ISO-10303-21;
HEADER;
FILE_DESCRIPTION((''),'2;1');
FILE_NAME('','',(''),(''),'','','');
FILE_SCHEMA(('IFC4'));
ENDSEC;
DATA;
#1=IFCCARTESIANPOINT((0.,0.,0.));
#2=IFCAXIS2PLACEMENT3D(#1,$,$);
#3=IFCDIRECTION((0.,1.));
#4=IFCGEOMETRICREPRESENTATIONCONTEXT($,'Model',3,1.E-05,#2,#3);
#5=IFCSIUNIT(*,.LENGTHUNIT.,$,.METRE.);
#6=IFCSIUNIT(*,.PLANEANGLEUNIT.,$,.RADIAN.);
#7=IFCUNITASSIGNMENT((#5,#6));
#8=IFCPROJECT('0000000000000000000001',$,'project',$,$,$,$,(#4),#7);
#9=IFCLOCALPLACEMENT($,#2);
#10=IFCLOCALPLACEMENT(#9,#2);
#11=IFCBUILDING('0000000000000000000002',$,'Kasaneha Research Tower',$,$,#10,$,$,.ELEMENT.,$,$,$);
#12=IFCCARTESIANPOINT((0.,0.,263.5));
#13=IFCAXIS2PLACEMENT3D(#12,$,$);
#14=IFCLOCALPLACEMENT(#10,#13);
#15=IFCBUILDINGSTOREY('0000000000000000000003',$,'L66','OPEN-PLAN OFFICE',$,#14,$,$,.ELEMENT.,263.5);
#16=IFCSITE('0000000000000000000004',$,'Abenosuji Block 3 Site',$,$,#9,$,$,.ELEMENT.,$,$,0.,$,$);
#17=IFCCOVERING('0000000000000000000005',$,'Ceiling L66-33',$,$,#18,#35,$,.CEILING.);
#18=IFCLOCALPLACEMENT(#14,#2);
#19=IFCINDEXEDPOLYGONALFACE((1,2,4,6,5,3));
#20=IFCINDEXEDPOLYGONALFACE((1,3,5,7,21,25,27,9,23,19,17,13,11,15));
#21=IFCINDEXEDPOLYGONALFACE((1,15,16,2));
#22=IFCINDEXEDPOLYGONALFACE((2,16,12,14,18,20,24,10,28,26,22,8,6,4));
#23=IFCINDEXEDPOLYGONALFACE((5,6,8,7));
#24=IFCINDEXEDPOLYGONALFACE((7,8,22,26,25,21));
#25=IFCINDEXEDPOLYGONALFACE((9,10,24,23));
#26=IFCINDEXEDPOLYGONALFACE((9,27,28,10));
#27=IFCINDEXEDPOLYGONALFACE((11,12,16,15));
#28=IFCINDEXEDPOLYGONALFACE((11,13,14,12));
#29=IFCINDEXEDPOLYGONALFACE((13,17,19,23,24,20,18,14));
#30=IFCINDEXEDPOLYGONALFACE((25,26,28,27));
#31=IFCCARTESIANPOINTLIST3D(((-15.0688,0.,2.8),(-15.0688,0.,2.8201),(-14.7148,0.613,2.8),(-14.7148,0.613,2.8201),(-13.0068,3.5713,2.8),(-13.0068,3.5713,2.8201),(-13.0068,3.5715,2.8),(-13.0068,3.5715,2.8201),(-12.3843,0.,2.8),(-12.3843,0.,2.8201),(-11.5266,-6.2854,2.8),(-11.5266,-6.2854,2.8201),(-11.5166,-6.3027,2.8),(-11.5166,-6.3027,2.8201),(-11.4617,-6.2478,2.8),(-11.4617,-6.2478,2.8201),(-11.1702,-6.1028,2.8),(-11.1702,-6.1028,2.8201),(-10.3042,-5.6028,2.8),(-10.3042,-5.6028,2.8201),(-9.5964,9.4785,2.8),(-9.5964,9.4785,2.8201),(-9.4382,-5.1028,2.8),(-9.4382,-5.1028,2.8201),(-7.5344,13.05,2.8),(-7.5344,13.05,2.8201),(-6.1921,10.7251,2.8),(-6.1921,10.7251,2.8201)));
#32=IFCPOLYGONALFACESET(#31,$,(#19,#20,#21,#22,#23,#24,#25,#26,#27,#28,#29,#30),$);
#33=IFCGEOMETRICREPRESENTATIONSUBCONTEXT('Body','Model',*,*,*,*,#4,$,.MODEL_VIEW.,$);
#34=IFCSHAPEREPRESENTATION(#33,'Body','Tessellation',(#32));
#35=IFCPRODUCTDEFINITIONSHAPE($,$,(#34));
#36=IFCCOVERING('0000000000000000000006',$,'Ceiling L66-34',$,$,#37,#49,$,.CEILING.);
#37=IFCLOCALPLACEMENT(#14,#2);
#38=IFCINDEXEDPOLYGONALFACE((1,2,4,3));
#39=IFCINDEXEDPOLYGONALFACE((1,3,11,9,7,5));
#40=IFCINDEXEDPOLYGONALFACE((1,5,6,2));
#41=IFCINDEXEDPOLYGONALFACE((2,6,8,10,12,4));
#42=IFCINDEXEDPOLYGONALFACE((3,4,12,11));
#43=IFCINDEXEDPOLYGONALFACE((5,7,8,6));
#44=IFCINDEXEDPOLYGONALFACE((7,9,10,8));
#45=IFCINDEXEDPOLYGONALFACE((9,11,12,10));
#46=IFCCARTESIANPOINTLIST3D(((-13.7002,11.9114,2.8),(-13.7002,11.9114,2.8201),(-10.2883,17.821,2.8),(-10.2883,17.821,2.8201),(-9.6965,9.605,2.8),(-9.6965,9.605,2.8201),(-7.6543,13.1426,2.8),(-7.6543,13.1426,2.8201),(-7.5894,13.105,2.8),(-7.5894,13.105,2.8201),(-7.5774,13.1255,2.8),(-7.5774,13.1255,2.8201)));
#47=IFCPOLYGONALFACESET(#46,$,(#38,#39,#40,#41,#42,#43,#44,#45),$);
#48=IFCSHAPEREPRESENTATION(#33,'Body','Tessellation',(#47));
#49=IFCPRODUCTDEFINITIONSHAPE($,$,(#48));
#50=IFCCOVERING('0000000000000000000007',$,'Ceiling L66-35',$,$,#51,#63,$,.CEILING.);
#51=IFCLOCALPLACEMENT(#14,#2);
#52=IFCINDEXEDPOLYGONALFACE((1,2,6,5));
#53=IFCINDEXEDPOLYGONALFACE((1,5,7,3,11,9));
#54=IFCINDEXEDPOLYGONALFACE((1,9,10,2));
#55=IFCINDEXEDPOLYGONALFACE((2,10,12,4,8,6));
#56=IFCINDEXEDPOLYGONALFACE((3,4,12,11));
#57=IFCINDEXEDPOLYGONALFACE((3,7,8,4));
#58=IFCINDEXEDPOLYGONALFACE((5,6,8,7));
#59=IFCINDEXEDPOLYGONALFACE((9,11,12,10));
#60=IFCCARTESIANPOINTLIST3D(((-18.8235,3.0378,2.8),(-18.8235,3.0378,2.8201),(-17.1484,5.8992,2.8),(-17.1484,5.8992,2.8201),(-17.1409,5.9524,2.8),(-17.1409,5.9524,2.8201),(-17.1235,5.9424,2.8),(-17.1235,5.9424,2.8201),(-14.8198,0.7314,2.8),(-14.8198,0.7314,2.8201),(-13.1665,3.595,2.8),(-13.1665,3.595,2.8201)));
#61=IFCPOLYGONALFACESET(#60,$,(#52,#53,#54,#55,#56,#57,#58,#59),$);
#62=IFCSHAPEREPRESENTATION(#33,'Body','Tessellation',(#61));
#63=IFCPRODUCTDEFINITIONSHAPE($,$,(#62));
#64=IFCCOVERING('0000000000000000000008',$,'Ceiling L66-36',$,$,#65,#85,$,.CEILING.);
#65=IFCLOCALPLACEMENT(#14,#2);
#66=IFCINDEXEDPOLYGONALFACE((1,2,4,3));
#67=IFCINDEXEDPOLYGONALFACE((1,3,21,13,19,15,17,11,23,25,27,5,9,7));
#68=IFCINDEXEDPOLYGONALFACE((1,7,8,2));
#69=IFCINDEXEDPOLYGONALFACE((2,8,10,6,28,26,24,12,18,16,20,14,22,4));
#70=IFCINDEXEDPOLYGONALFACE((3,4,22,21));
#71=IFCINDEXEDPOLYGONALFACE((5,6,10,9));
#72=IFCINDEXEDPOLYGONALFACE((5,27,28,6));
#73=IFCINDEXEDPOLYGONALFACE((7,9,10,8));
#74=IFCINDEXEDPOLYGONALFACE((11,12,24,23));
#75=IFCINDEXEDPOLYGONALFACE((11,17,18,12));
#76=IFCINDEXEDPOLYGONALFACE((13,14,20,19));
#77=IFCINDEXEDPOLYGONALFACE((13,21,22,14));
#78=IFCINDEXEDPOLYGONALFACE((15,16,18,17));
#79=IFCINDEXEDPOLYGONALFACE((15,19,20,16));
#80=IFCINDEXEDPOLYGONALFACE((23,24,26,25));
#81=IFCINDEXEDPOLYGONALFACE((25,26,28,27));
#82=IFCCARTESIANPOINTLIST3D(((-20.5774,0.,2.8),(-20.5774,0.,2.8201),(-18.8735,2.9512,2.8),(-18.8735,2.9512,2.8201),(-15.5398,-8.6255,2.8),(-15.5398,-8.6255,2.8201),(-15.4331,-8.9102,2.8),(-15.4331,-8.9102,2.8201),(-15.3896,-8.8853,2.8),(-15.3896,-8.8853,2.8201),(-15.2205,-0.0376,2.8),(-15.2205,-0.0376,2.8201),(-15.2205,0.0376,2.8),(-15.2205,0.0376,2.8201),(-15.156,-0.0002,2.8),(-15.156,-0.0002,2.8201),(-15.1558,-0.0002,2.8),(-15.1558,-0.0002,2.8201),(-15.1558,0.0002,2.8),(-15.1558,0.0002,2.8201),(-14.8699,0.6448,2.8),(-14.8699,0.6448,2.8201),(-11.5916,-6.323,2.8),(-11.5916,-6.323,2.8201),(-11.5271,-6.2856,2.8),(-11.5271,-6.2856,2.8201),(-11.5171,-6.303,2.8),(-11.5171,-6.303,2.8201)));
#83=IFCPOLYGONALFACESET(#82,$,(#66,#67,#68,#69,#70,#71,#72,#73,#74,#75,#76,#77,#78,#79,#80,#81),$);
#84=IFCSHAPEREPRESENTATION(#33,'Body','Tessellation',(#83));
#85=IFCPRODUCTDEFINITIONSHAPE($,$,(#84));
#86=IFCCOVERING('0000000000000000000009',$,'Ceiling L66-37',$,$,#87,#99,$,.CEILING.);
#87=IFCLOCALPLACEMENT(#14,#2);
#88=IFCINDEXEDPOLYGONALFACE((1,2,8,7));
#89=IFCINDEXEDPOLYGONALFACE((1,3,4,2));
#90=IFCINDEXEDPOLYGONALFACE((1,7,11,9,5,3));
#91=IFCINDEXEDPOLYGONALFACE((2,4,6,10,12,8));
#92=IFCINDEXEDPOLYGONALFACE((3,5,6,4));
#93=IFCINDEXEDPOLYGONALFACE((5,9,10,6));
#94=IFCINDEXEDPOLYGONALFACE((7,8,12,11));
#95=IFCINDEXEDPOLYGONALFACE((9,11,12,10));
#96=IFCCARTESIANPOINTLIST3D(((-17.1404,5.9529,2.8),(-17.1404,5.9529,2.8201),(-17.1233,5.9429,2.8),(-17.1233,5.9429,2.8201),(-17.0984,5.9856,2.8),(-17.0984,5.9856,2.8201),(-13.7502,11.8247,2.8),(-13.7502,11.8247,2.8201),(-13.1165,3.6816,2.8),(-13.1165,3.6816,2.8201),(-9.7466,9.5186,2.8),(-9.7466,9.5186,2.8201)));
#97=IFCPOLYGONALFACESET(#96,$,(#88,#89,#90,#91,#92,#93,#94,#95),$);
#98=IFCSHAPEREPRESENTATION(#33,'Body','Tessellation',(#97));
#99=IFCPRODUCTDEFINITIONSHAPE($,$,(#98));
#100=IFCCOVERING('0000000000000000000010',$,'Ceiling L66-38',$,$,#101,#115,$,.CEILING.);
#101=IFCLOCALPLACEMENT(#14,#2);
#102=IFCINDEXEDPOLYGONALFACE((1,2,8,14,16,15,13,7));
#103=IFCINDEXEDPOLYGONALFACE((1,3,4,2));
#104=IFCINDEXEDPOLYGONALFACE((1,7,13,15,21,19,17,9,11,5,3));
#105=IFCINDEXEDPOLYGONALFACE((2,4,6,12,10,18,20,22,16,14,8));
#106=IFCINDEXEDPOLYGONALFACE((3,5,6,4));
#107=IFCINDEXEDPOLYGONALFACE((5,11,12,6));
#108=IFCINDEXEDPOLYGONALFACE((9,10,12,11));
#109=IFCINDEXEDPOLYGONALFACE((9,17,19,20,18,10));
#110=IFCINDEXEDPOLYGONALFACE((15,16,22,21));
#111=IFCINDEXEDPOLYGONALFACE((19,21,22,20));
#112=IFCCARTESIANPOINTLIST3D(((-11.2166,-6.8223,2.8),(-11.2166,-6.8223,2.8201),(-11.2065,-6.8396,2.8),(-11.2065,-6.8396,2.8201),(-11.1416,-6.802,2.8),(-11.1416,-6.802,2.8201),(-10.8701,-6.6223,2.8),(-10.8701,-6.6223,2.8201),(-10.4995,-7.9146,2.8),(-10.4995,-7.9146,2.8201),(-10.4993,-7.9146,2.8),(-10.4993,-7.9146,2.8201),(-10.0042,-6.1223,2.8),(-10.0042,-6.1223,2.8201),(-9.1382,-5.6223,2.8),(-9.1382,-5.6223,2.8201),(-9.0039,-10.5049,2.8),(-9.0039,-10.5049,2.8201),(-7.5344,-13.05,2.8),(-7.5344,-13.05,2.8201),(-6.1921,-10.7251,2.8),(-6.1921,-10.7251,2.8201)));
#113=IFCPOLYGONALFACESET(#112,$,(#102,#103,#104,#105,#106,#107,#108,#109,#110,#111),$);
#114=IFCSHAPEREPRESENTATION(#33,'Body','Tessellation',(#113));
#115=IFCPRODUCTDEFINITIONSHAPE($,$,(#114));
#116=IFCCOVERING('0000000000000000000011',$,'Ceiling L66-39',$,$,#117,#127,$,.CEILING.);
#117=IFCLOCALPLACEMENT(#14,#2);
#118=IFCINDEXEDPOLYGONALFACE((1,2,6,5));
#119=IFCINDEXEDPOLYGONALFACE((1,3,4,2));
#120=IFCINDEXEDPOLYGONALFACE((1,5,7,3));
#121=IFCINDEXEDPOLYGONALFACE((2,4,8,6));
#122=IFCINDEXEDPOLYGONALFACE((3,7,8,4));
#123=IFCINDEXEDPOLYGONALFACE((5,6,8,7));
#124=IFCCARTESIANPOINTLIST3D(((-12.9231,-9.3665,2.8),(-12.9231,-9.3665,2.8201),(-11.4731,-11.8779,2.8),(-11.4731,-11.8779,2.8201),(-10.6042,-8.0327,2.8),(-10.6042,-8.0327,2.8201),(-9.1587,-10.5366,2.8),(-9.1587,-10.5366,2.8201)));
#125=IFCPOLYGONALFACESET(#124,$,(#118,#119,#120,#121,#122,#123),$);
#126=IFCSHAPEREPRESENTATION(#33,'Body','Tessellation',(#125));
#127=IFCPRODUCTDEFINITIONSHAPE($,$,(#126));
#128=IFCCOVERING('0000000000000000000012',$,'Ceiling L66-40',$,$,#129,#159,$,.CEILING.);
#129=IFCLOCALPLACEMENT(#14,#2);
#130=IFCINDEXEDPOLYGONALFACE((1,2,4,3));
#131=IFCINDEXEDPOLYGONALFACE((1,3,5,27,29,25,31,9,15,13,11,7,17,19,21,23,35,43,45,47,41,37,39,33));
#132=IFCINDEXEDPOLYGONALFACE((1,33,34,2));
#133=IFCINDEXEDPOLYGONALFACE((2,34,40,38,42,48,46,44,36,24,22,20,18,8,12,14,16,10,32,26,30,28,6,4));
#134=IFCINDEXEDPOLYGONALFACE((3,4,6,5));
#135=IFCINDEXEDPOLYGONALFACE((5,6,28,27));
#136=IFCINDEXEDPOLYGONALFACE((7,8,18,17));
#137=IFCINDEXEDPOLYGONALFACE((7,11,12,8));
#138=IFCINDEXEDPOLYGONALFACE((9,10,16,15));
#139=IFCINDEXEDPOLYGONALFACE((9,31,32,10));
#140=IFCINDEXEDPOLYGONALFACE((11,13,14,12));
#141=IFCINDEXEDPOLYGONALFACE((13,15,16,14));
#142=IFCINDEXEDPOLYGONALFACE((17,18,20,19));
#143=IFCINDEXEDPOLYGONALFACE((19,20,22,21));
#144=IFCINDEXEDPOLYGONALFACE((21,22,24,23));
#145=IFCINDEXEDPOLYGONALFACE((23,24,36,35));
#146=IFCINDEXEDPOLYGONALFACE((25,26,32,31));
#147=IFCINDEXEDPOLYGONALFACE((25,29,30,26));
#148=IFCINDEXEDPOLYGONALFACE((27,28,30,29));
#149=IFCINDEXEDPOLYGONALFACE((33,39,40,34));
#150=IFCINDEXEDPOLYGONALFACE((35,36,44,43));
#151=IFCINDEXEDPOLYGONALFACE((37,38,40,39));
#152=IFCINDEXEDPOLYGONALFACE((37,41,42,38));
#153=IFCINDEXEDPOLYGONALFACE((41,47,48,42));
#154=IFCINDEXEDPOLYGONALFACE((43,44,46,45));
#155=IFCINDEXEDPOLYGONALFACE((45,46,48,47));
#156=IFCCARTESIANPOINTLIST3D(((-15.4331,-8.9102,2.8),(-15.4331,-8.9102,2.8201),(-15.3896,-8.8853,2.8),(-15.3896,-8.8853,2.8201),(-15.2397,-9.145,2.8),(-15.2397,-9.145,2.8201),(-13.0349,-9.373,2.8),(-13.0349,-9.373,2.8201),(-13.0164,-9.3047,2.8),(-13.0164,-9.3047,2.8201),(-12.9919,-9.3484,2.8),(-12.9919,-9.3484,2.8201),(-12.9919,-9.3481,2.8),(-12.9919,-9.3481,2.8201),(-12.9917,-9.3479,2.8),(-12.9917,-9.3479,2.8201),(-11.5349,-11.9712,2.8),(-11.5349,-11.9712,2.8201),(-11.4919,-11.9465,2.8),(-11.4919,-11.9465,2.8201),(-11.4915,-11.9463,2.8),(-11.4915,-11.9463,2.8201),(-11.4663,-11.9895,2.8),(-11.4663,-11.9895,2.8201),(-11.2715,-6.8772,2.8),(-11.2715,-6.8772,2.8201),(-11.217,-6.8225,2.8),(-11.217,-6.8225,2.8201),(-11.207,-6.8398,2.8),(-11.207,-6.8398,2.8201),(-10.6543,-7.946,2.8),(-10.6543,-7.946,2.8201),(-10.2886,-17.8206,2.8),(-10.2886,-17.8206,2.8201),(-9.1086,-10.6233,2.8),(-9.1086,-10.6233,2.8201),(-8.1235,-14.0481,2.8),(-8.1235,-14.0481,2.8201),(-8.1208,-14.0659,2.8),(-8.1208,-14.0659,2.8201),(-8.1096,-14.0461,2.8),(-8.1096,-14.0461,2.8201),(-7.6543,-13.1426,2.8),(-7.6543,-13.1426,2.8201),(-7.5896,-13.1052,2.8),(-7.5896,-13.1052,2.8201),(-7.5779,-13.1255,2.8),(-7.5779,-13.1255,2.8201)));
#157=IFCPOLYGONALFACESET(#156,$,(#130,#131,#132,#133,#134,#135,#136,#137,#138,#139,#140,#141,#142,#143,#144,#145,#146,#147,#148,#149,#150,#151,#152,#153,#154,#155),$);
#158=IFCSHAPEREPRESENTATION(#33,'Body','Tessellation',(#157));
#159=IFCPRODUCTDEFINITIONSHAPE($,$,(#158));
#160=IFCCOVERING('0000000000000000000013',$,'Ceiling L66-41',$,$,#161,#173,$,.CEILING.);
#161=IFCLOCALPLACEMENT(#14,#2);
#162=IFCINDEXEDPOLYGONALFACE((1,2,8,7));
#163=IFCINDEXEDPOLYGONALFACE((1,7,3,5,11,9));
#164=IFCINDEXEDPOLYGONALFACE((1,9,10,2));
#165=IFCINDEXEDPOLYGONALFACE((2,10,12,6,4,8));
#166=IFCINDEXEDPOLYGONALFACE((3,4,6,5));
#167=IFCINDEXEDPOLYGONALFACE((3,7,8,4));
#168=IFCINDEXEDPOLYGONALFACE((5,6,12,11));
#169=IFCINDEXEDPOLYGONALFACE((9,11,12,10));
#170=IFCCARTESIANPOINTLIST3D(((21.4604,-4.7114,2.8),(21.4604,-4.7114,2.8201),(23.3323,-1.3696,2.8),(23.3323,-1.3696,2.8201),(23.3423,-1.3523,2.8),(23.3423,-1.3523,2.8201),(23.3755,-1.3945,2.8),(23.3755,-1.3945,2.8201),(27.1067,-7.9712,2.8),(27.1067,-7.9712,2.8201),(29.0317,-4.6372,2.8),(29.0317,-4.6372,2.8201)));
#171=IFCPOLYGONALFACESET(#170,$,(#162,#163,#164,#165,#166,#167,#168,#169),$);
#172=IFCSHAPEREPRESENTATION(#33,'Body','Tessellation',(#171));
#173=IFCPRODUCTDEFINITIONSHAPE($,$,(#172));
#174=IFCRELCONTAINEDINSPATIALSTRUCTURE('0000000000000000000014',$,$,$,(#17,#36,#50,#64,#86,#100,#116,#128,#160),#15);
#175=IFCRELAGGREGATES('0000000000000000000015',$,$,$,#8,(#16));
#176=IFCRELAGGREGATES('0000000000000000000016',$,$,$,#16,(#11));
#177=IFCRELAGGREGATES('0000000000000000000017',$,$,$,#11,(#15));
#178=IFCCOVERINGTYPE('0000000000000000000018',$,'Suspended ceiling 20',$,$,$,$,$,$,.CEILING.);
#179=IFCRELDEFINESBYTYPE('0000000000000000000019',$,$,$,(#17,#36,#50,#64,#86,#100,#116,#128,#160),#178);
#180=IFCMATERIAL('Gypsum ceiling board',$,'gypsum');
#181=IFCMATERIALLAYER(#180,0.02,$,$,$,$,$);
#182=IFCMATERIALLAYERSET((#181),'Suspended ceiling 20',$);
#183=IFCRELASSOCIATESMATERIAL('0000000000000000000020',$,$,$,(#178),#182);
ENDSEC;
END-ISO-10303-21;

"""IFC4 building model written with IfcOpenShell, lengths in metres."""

from ifc_helpers import new_model, si_unit, direction, frame, origin, place, context, subcontext, project, spatial, polyline, outline, extrude, material, layer, layer_set, type_object, element, save


model = new_model("IFC4")

# Units and contexts
model_context = context("Model", 3, precision=1e-05, world=origin(), true_north=direction((0.0, 1.0)))
body_context = subcontext(model_context, "Body", "Model", "MODEL_VIEW")
ifc_project = project(units=[si_unit("LENGTHUNIT", "METRE"), si_unit("PLANEANGLEUNIT", "RADIAN")], contexts=[model_context])

# Site, building, storey
site_placement = place(None, origin())
site = spatial("IfcSite", under=ifc_project, at=site_placement, Name="Abenosuji Block 3 Site", CompositionType="ELEMENT", RefElevation=0.0)
building_placement = place(site_placement, origin())
building = spatial("IfcBuilding", under=site, at=building_placement, Name="Kasaneha Research Tower", CompositionType="ELEMENT")
storey_placement = place(building_placement, frame((0.0, 0.0, 263.5)))
storey = spatial("IfcBuildingStorey", under=building, at=storey_placement, Name="L66", Description="OPEN-PLAN OFFICE", CompositionType="ELEMENT", Elevation=263.5)

# Coverings
ifc_material_1 = material(Name="Gypsum ceiling board", Category="gypsum")
ifc_layer_1 = layer(ifc_material_1, 0.02)
ifc_layer_set_1 = layer_set([ifc_layer_1], Name="Suspended ceiling 20")
covering_type_1 = type_object("IfcCoveringType", Name="Suspended ceiling 20", PredefinedType="CEILING", material=ifc_layer_set_1)
covering_1_placement = place(storey_placement, frame((0.0, 0.0, 2.8)))
element("IfcCovering", 1, at=covering_1_placement, inside=storey, type_object=covering_type_1, Name="Ceiling L66-33", PredefinedType="CEILING", context=body_context, shape_type="SweptSolid", body=[
    extrude(outline(polyline([(-12.3843, 0.0), (-9.4382, -5.1028), (-10.3042, -5.6028), (-10.3042, -5.6028), (-11.1702, -6.1028), (-11.1702, -6.1028), (-11.5166, -6.3027), (-11.5266, -6.2854), (-11.4617, -6.2478), (-15.0688, 0.0), (-14.7148, 0.613), (-14.7148, 0.613), (-13.0068, 3.5713), (-13.0068, 3.5715), (-9.5964, 9.4785), (-9.5964, 9.4785), (-7.5344, 13.05), (-7.5344, 13.05), (-6.1921, 10.7251), (-12.3843, 0.0)])), origin(), (0.0, 0.0, 1.0), 0.02),
])
covering_2_placement = place(storey_placement, frame((0.0, 0.0, 2.8)))
element("IfcCovering", 2, at=covering_2_placement, inside=storey, type_object=covering_type_1, Name="Ceiling L66-34", PredefinedType="CEILING", context=body_context, shape_type="SweptSolid", body=[
    extrude(outline(polyline([(-7.5774, 13.1255), (-7.5894, 13.105), (-7.6543, 13.1426), (-9.6965, 9.605), (-13.7002, 11.9114), (-10.2883, 17.821), (-7.5774, 13.1255)])), origin(), (0.0, 0.0, 1.0), 0.02),
])
covering_3_placement = place(storey_placement, frame((0.0, 0.0, 2.8)))
element("IfcCovering", 3, at=covering_3_placement, inside=storey, type_object=covering_type_1, Name="Ceiling L66-35", PredefinedType="CEILING", context=body_context, shape_type="SweptSolid", body=[
    extrude(outline(polyline([(-17.1235, 5.9424), (-17.1484, 5.8992), (-13.1665, 3.595), (-14.8198, 0.7314), (-18.8235, 3.0378), (-17.1409, 5.9524), (-17.1235, 5.9424)])), origin(), (0.0, 0.0, 1.0), 0.02),
])
covering_4_placement = place(storey_placement, frame((0.0, 0.0, 2.8)))
element("IfcCovering", 4, at=covering_4_placement, inside=storey, type_object=covering_type_1, Name="Ceiling L66-36", PredefinedType="CEILING", context=body_context, shape_type="SweptSolid", body=[
    extrude(outline(polyline([(-15.5398, -8.6255), (-15.3896, -8.8853), (-15.4331, -8.9102), (-20.5774, 0.0), (-18.8735, 2.9512), (-14.8699, 0.6448), (-15.2205, 0.0376), (-15.1558, 0.0002), (-15.156, -0.0002), (-15.1558, -0.0002), (-15.2205, -0.0376), (-11.5916, -6.323), (-11.5271, -6.2856), (-11.5171, -6.303), (-15.5398, -8.6255), (-15.5398, -8.6255), (-15.5398, -8.6255)])), origin(), (0.0, 0.0, 1.0), 0.02),
])
covering_5_placement = place(storey_placement, frame((0.0, 0.0, 2.8)))
element("IfcCovering", 5, at=covering_5_placement, inside=storey, type_object=covering_type_1, Name="Ceiling L66-37", PredefinedType="CEILING", context=body_context, shape_type="SweptSolid", body=[
    extrude(outline(polyline([(-17.1404, 5.9529), (-13.7502, 11.8247), (-9.7466, 9.5186), (-13.1165, 3.6816), (-17.0984, 5.9856), (-17.1233, 5.9429), (-17.1404, 5.9529)])), origin(), (0.0, 0.0, 1.0), 0.02),
])
covering_6_placement = place(storey_placement, frame((0.0, 0.0, 2.8)))
element("IfcCovering", 6, at=covering_6_placement, inside=storey, type_object=covering_type_1, Name="Ceiling L66-38", PredefinedType="CEILING", context=body_context, shape_type="SweptSolid", body=[
    extrude(outline(polyline([(-10.8701, -6.6223), (-10.0042, -6.1223), (-10.0042, -6.1223), (-9.1382, -5.6223), (-6.1921, -10.7251), (-7.5344, -13.05), (-9.0039, -10.5049), (-9.0039, -10.5049), (-10.4995, -7.9146), (-10.4993, -7.9146), (-11.1416, -6.802), (-11.2065, -6.8396), (-11.2166, -6.8223), (-10.8701, -6.6223), (-10.8701, -6.6223)])), origin(), (0.0, 0.0, 1.0), 0.02),
])
covering_7_placement = place(storey_placement, frame((0.0, 0.0, 2.8)))
element("IfcCovering", 7, at=covering_7_placement, inside=storey, type_object=covering_type_1, Name="Ceiling L66-39", PredefinedType="CEILING", context=body_context, shape_type="SweptSolid", body=[
    extrude(outline(polyline([(-9.1587, -10.5366), (-11.4731, -11.8779), (-12.9231, -9.3665), (-10.6042, -8.0327), (-9.1587, -10.5366)])), origin(), (0.0, 0.0, 1.0), 0.02),
])
covering_8_placement = place(storey_placement, frame((0.0, 0.0, 2.8)))
element("IfcCovering", 8, at=covering_8_placement, inside=storey, type_object=covering_type_1, Name="Ceiling L66-40", PredefinedType="CEILING", context=body_context, shape_type="SweptSolid", body=[
    extrude(outline(polyline([(-11.207, -6.8398), (-11.2715, -6.8772), (-10.6543, -7.946), (-13.0164, -9.3047), (-12.9917, -9.3479), (-12.9919, -9.3481), (-12.9919, -9.3484), (-13.0349, -9.373), (-11.5349, -11.9712), (-11.4919, -11.9465), (-11.4919, -11.9465), (-11.4915, -11.9463), (-11.4663, -11.9895), (-9.1086, -10.6233), (-7.6543, -13.1426), (-7.5896, -13.1052), (-7.5779, -13.1255), (-8.1096, -14.0461), (-8.1235, -14.0481), (-8.1208, -14.0659), (-10.2886, -17.8206), (-15.4331, -8.9102), (-15.3896, -8.8853), (-15.2397, -9.145), (-15.2397, -9.145), (-15.2397, -9.145), (-11.217, -6.8225), (-11.207, -6.8398)])), origin(), (0.0, 0.0, 1.0), 0.02),
])
covering_9_placement = place(storey_placement, frame((0.0, 0.0, 2.8)))
element("IfcCovering", 9, at=covering_9_placement, inside=storey, type_object=covering_type_1, Name="Ceiling L66-41", PredefinedType="CEILING", context=body_context, shape_type="SweptSolid", body=[
    extrude(outline(polyline([(29.0317, -4.6372), (27.1067, -7.9712), (21.4604, -4.7114), (23.3755, -1.3945), (23.3323, -1.3696), (23.3423, -1.3523), (29.0317, -4.6372)])), origin(), (0.0, 0.0, 1.0), 0.02),
])

save(model, "model.ifc")
